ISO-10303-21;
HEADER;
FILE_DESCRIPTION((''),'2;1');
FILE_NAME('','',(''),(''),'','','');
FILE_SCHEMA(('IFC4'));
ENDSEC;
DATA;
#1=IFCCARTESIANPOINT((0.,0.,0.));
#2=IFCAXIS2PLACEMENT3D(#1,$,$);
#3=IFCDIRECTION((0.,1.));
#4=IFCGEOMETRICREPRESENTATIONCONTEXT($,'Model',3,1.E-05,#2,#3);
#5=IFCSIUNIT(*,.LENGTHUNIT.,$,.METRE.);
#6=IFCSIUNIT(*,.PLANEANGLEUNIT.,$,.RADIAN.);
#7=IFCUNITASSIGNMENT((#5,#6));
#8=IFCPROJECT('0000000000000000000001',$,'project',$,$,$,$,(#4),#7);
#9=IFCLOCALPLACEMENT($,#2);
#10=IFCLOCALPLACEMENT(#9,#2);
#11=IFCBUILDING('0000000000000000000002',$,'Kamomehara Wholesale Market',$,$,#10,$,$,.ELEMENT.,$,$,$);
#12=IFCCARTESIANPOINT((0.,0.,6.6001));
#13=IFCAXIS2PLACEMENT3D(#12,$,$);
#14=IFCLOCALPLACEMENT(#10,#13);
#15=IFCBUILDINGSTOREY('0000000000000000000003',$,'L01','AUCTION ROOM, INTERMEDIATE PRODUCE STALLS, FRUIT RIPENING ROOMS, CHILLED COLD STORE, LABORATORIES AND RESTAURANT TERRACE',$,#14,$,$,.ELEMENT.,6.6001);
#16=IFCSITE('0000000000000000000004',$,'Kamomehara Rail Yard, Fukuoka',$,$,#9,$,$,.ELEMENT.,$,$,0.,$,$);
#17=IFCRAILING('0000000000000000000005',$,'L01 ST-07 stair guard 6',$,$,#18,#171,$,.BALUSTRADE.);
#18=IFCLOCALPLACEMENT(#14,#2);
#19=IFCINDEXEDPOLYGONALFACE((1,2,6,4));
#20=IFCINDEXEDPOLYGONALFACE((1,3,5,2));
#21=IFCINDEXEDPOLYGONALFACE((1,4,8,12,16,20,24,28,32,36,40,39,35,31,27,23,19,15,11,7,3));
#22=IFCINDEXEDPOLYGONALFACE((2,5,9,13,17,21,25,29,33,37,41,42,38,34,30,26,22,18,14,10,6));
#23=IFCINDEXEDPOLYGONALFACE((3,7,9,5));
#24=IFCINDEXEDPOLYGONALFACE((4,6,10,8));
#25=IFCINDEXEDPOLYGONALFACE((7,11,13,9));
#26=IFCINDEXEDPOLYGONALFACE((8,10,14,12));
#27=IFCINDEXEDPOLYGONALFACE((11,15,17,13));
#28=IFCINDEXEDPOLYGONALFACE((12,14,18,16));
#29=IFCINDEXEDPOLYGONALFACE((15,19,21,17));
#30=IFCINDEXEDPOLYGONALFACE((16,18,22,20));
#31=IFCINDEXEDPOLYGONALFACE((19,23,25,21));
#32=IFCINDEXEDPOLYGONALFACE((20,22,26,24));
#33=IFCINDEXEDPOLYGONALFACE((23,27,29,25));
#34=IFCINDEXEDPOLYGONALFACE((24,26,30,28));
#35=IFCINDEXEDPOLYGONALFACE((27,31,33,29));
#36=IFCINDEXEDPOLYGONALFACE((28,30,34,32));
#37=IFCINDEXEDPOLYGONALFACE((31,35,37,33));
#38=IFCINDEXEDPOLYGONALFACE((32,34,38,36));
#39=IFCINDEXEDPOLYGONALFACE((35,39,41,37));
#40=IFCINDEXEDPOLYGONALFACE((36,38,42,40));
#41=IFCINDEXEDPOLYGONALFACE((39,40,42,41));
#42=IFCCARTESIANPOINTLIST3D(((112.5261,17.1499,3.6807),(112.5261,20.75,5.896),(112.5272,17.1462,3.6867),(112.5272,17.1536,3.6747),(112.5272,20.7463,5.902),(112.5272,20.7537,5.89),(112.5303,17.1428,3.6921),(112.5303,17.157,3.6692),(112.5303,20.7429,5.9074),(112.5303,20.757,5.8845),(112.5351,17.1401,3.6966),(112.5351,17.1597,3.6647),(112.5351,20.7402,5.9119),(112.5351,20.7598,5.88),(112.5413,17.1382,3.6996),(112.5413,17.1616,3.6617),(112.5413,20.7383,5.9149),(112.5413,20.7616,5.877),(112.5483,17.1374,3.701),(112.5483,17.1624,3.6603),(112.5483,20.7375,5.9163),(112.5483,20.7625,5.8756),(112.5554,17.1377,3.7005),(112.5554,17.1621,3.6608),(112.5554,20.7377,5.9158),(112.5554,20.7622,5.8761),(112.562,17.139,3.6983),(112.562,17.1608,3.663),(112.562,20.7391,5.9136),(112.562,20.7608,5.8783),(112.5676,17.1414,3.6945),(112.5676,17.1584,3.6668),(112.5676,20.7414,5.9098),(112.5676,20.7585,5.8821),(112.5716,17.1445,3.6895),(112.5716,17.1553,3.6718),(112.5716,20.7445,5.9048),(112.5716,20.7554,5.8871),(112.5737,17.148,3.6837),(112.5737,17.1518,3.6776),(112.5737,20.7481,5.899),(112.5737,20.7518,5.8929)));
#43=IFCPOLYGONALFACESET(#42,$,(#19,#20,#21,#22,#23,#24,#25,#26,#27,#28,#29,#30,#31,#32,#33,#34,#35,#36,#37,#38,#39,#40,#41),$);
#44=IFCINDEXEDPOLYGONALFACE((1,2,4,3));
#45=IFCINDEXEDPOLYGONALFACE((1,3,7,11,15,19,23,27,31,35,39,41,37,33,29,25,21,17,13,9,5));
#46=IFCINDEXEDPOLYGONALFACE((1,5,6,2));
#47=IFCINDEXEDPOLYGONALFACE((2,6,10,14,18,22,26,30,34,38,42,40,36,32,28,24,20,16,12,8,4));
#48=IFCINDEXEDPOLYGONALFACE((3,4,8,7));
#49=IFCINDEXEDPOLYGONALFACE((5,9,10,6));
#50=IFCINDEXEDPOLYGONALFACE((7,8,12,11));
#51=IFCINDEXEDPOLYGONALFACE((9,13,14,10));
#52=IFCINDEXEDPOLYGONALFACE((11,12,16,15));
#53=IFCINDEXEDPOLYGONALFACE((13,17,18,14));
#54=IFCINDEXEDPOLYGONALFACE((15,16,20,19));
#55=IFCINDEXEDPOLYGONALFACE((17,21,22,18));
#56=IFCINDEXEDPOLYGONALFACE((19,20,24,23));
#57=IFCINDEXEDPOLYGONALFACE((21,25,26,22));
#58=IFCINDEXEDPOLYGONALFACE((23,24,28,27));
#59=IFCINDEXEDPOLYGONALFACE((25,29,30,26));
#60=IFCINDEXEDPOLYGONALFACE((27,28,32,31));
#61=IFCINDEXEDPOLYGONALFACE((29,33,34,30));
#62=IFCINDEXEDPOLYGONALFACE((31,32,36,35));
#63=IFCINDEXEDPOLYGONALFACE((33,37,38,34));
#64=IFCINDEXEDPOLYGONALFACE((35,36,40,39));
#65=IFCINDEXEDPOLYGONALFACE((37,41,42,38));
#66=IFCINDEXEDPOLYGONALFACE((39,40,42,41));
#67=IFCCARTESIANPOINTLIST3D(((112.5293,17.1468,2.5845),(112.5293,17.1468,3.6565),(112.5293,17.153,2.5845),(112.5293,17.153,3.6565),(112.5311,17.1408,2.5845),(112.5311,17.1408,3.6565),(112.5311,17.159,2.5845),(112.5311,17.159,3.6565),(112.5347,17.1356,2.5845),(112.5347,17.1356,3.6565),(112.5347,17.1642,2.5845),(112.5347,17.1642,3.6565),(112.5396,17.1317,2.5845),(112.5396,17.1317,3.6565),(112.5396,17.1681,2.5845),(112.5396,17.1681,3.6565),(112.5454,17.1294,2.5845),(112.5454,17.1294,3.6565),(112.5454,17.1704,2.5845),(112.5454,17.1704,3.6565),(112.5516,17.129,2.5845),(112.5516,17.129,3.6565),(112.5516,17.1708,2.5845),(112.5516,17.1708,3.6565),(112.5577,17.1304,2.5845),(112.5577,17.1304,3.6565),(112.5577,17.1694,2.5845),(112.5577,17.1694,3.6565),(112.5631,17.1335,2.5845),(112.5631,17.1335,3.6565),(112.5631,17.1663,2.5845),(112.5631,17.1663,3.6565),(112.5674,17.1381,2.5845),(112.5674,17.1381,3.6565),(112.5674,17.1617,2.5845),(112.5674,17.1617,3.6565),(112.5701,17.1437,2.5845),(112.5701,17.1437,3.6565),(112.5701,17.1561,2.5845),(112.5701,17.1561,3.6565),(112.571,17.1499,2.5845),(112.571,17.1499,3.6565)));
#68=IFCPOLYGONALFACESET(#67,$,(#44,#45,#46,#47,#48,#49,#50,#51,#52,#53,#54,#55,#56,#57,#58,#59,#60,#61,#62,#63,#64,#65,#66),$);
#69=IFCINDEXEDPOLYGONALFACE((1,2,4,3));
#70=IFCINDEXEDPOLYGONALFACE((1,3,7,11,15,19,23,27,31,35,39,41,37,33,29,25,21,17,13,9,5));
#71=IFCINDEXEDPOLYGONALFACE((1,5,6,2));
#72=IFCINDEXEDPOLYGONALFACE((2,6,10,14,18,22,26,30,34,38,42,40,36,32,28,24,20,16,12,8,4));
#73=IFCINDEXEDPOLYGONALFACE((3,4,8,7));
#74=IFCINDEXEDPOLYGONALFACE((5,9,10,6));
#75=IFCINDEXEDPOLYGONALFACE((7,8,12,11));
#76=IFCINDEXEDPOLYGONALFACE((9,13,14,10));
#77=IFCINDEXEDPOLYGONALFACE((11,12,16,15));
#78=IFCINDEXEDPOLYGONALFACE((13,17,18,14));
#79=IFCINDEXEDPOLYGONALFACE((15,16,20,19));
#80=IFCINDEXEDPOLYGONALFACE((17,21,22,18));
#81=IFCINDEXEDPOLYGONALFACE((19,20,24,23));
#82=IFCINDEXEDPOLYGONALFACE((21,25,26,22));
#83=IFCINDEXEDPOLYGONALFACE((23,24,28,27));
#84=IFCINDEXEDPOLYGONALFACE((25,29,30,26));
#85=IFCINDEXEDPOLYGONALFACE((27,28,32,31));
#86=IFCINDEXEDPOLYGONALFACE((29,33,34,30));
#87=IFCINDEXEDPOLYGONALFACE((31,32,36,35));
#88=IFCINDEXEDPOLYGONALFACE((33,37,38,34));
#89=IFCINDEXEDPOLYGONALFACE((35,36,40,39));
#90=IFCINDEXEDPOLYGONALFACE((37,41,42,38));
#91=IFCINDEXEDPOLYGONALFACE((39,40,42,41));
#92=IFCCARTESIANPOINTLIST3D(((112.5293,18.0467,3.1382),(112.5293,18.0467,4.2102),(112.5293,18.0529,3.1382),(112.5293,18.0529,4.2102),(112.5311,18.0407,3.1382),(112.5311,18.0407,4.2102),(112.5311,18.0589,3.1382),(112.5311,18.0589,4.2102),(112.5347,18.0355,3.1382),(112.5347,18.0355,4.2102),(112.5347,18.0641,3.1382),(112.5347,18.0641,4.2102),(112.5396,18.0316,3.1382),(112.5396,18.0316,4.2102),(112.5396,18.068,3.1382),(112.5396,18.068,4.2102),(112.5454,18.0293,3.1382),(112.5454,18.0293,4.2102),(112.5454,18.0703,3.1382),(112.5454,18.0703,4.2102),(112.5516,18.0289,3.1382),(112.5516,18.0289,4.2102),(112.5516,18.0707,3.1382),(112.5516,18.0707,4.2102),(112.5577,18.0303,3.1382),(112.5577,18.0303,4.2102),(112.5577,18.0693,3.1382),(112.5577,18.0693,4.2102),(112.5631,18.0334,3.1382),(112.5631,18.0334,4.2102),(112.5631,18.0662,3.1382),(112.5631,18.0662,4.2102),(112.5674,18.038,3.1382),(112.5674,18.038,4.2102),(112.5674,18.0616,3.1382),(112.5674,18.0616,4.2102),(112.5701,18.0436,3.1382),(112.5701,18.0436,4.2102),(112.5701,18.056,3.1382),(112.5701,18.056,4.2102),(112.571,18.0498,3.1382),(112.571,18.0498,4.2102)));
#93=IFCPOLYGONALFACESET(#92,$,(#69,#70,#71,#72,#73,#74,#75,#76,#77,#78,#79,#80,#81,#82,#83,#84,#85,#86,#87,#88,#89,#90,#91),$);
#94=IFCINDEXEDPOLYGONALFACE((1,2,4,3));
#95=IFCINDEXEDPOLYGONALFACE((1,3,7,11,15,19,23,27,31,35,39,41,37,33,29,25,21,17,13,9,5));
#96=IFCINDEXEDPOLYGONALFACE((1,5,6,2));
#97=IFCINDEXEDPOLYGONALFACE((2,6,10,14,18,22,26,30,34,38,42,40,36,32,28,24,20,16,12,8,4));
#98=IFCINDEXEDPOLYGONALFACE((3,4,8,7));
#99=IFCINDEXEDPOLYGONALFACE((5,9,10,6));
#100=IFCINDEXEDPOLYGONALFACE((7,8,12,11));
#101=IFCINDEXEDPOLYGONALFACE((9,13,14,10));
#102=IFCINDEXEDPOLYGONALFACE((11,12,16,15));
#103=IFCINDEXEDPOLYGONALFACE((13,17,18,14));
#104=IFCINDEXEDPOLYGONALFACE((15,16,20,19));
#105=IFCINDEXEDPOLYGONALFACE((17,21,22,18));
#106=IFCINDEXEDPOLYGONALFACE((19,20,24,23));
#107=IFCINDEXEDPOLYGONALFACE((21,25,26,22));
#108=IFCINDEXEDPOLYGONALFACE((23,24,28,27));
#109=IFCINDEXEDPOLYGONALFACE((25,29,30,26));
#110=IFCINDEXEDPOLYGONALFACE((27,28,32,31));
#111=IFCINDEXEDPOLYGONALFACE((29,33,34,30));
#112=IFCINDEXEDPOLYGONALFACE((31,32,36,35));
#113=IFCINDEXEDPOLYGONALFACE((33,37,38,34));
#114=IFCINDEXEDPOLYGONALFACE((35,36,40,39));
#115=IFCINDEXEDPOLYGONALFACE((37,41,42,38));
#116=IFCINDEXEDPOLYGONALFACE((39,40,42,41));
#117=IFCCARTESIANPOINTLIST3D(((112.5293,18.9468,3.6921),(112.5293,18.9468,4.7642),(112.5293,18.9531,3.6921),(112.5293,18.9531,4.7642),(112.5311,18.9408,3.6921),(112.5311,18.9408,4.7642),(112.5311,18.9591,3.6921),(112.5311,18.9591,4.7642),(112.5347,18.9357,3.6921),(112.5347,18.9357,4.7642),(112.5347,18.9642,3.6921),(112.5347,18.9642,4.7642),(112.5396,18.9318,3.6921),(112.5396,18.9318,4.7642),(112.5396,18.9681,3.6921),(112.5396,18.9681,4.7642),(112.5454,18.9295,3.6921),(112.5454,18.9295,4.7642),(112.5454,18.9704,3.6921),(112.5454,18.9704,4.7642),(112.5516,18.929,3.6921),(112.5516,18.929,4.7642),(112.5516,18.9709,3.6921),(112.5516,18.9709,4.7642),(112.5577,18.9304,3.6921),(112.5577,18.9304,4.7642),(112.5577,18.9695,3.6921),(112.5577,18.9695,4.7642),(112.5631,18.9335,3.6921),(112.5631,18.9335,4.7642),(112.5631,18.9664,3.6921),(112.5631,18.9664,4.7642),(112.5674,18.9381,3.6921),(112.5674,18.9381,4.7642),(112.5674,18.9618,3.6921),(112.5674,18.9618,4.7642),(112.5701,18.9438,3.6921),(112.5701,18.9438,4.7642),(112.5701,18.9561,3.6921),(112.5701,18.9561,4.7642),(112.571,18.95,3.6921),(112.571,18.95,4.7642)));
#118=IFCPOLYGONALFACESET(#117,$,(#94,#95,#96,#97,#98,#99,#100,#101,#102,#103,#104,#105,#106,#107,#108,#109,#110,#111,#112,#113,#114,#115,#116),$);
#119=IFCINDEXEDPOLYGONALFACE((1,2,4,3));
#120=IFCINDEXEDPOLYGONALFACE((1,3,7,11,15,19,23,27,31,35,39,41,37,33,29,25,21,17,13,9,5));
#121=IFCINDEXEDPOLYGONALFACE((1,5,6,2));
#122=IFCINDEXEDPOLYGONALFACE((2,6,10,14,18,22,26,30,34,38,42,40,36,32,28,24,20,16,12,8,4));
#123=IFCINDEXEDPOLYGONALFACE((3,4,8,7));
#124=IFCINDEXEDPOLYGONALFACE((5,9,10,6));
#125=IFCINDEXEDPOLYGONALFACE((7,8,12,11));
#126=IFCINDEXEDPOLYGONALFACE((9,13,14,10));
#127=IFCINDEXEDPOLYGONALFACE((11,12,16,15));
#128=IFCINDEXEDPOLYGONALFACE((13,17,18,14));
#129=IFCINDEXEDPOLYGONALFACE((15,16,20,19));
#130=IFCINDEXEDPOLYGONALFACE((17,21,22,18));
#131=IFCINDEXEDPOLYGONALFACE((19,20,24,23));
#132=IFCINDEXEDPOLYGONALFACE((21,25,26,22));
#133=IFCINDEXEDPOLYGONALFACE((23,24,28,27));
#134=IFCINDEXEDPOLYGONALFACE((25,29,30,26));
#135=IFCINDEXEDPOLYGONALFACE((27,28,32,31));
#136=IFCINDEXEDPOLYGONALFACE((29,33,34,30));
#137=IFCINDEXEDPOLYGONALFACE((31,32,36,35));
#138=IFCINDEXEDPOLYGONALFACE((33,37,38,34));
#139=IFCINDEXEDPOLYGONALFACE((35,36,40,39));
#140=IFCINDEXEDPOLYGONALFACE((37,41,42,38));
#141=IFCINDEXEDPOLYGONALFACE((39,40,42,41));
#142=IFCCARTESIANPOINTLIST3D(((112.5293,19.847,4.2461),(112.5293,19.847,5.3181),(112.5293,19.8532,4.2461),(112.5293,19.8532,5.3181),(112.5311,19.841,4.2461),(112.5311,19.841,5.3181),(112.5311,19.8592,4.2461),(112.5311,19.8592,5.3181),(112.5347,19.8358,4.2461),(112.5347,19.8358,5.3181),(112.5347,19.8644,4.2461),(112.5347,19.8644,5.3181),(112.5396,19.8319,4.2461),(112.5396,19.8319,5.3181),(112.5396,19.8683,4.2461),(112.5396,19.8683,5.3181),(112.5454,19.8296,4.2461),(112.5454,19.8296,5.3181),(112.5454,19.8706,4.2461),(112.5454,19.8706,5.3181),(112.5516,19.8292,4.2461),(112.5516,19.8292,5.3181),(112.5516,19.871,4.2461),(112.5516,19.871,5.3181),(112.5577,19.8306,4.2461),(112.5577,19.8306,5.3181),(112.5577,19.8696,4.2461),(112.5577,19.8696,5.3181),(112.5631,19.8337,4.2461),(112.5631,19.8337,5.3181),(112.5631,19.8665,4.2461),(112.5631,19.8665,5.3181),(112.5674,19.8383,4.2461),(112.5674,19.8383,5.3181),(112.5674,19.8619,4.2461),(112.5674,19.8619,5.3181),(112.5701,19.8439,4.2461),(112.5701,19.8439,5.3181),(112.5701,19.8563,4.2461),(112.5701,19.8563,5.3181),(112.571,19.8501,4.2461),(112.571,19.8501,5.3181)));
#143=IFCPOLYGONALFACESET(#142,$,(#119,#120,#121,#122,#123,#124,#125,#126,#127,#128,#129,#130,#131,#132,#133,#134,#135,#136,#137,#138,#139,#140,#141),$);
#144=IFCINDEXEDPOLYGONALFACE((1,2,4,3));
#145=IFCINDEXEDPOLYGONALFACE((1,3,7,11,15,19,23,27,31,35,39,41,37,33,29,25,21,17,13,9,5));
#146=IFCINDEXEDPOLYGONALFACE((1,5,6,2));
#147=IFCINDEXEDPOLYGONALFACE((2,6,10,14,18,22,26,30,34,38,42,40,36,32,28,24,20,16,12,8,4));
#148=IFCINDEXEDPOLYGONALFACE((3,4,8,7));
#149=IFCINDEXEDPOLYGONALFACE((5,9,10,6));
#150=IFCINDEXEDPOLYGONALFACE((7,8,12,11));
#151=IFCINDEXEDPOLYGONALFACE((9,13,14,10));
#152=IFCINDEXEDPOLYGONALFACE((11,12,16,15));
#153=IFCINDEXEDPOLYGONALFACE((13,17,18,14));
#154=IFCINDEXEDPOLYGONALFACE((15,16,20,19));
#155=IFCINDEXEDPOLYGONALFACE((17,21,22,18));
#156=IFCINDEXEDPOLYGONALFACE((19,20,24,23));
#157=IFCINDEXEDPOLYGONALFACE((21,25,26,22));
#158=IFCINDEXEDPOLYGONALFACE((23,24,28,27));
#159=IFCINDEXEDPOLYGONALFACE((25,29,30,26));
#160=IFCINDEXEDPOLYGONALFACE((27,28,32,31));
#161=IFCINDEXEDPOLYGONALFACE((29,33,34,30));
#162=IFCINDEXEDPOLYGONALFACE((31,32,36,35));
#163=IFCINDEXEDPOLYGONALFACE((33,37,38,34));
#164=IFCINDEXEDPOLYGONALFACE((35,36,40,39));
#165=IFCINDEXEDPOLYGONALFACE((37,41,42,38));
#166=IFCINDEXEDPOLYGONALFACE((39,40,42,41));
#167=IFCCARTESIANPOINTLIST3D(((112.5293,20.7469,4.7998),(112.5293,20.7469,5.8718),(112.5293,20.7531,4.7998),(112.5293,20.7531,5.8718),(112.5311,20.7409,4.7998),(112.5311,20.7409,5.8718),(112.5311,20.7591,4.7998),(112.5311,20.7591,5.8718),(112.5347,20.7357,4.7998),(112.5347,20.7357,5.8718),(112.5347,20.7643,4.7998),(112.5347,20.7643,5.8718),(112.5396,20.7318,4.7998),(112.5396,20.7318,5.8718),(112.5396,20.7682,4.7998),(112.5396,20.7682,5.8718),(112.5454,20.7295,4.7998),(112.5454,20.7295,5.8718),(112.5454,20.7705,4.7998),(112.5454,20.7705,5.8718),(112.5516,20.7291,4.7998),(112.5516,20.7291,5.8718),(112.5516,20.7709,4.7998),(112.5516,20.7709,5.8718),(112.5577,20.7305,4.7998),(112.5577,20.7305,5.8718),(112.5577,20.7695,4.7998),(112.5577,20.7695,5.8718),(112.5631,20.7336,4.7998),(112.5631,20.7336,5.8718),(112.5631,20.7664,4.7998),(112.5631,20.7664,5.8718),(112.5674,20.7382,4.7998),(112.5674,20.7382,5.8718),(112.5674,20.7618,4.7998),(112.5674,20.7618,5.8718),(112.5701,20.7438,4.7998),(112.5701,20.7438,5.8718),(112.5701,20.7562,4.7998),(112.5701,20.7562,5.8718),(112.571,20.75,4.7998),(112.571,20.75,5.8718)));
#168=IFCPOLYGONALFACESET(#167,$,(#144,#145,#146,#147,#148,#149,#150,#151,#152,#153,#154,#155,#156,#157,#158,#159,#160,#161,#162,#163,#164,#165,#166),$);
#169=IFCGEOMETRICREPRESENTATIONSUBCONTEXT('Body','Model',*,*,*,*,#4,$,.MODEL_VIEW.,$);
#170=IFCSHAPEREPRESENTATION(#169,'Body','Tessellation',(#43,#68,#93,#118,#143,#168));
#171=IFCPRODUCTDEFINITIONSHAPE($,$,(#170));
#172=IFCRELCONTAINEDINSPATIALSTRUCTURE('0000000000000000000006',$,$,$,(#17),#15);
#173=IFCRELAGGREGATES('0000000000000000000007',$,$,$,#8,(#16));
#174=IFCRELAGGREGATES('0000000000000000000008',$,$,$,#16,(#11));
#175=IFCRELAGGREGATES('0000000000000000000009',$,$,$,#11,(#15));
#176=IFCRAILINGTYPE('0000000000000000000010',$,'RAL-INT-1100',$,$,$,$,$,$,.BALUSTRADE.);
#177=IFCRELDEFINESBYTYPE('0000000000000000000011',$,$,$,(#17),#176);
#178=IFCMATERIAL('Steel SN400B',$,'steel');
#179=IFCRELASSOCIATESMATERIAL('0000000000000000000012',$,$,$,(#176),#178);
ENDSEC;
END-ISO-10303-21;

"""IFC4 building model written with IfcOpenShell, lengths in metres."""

from ifc_helpers import new_model, si_unit, direction, frame, origin, origin_2d, place, context, subcontext, project, spatial, circle, extrude, material, type_object, element, save


model = new_model("IFC4")

# Units and contexts
model_context = context("Model", 3, precision=1e-05, world=origin(), true_north=direction((0.0, 1.0)))
body_context = subcontext(model_context, "Body", "Model", "MODEL_VIEW")
ifc_project = project(units=[si_unit("LENGTHUNIT", "METRE"), si_unit("PLANEANGLEUNIT", "RADIAN")], contexts=[model_context])

# Site, building, storey
site_placement = place(None, origin())
site = spatial("IfcSite", under=ifc_project, at=site_placement, Name="Kamomehara Rail Yard, Fukuoka", CompositionType="ELEMENT", RefElevation=0.0)
building_placement = place(site_placement, origin())
building = spatial("IfcBuilding", under=site, at=building_placement, Name="Kamomehara Wholesale Market", CompositionType="ELEMENT")
storey_placement = place(building_placement, frame((0.0, 0.0, 6.6001)))
storey = spatial("IfcBuildingStorey", under=building, at=storey_placement, Name="L01", Description="AUCTION ROOM, INTERMEDIATE PRODUCE STALLS, FRUIT RIPENING ROOMS, CHILLED COLD STORE, LABORATORIES AND RESTAURANT TERRACE", CompositionType="ELEMENT", Elevation=6.6001)

# Railing
ifc_material_1 = material(Name="Steel SN400B", Category="steel")
railing_type_1 = type_object("IfcRailingType", Name="RAL-INT-1100", PredefinedType="BALUSTRADE", material=ifc_material_1)
railing_1_placement = place(storey_placement, frame((112.55, 17.1499, 2.5845)))
element("IfcRailing", 1, at=railing_1_placement, inside=storey, type_object=railing_type_1, Name="L01 ST-07 stair guard 6", PredefinedType="BALUSTRADE", context=body_context, shape_type="SweptSolid", body=[
    extrude(circle(Radius=0.0239, at=origin_2d()), frame((0.0, 0.0, 1.0962), z_axis=(0.0, 0.85167, 0.524078), x_axis=(-1.0, 0.0, 0.0)), (0.0, 0.0, 1.0), 4.2271),
    extrude(circle(Radius=0.021, at=origin_2d()), origin(), (0.0, 0.0, 1.0), 1.072),
    extrude(circle(Radius=0.021, at=origin_2d()), frame((0.0, 0.8999, 0.5537)), (0.0, 0.0, 1.0), 1.072),
    extrude(circle(Radius=0.021, at=origin_2d()), frame((0.0, 1.8, 1.1077)), (0.0, 0.0, 1.0), 1.072),
    extrude(circle(Radius=0.021, at=origin_2d()), frame((0.0, 2.7002, 1.6616)), (0.0, 0.0, 1.0), 1.072),
    extrude(circle(Radius=0.021, at=origin_2d()), frame((0.0, 3.6001, 2.2153)), (0.0, 0.0, 1.0), 1.072),
])

save(model, "model.ifc")
